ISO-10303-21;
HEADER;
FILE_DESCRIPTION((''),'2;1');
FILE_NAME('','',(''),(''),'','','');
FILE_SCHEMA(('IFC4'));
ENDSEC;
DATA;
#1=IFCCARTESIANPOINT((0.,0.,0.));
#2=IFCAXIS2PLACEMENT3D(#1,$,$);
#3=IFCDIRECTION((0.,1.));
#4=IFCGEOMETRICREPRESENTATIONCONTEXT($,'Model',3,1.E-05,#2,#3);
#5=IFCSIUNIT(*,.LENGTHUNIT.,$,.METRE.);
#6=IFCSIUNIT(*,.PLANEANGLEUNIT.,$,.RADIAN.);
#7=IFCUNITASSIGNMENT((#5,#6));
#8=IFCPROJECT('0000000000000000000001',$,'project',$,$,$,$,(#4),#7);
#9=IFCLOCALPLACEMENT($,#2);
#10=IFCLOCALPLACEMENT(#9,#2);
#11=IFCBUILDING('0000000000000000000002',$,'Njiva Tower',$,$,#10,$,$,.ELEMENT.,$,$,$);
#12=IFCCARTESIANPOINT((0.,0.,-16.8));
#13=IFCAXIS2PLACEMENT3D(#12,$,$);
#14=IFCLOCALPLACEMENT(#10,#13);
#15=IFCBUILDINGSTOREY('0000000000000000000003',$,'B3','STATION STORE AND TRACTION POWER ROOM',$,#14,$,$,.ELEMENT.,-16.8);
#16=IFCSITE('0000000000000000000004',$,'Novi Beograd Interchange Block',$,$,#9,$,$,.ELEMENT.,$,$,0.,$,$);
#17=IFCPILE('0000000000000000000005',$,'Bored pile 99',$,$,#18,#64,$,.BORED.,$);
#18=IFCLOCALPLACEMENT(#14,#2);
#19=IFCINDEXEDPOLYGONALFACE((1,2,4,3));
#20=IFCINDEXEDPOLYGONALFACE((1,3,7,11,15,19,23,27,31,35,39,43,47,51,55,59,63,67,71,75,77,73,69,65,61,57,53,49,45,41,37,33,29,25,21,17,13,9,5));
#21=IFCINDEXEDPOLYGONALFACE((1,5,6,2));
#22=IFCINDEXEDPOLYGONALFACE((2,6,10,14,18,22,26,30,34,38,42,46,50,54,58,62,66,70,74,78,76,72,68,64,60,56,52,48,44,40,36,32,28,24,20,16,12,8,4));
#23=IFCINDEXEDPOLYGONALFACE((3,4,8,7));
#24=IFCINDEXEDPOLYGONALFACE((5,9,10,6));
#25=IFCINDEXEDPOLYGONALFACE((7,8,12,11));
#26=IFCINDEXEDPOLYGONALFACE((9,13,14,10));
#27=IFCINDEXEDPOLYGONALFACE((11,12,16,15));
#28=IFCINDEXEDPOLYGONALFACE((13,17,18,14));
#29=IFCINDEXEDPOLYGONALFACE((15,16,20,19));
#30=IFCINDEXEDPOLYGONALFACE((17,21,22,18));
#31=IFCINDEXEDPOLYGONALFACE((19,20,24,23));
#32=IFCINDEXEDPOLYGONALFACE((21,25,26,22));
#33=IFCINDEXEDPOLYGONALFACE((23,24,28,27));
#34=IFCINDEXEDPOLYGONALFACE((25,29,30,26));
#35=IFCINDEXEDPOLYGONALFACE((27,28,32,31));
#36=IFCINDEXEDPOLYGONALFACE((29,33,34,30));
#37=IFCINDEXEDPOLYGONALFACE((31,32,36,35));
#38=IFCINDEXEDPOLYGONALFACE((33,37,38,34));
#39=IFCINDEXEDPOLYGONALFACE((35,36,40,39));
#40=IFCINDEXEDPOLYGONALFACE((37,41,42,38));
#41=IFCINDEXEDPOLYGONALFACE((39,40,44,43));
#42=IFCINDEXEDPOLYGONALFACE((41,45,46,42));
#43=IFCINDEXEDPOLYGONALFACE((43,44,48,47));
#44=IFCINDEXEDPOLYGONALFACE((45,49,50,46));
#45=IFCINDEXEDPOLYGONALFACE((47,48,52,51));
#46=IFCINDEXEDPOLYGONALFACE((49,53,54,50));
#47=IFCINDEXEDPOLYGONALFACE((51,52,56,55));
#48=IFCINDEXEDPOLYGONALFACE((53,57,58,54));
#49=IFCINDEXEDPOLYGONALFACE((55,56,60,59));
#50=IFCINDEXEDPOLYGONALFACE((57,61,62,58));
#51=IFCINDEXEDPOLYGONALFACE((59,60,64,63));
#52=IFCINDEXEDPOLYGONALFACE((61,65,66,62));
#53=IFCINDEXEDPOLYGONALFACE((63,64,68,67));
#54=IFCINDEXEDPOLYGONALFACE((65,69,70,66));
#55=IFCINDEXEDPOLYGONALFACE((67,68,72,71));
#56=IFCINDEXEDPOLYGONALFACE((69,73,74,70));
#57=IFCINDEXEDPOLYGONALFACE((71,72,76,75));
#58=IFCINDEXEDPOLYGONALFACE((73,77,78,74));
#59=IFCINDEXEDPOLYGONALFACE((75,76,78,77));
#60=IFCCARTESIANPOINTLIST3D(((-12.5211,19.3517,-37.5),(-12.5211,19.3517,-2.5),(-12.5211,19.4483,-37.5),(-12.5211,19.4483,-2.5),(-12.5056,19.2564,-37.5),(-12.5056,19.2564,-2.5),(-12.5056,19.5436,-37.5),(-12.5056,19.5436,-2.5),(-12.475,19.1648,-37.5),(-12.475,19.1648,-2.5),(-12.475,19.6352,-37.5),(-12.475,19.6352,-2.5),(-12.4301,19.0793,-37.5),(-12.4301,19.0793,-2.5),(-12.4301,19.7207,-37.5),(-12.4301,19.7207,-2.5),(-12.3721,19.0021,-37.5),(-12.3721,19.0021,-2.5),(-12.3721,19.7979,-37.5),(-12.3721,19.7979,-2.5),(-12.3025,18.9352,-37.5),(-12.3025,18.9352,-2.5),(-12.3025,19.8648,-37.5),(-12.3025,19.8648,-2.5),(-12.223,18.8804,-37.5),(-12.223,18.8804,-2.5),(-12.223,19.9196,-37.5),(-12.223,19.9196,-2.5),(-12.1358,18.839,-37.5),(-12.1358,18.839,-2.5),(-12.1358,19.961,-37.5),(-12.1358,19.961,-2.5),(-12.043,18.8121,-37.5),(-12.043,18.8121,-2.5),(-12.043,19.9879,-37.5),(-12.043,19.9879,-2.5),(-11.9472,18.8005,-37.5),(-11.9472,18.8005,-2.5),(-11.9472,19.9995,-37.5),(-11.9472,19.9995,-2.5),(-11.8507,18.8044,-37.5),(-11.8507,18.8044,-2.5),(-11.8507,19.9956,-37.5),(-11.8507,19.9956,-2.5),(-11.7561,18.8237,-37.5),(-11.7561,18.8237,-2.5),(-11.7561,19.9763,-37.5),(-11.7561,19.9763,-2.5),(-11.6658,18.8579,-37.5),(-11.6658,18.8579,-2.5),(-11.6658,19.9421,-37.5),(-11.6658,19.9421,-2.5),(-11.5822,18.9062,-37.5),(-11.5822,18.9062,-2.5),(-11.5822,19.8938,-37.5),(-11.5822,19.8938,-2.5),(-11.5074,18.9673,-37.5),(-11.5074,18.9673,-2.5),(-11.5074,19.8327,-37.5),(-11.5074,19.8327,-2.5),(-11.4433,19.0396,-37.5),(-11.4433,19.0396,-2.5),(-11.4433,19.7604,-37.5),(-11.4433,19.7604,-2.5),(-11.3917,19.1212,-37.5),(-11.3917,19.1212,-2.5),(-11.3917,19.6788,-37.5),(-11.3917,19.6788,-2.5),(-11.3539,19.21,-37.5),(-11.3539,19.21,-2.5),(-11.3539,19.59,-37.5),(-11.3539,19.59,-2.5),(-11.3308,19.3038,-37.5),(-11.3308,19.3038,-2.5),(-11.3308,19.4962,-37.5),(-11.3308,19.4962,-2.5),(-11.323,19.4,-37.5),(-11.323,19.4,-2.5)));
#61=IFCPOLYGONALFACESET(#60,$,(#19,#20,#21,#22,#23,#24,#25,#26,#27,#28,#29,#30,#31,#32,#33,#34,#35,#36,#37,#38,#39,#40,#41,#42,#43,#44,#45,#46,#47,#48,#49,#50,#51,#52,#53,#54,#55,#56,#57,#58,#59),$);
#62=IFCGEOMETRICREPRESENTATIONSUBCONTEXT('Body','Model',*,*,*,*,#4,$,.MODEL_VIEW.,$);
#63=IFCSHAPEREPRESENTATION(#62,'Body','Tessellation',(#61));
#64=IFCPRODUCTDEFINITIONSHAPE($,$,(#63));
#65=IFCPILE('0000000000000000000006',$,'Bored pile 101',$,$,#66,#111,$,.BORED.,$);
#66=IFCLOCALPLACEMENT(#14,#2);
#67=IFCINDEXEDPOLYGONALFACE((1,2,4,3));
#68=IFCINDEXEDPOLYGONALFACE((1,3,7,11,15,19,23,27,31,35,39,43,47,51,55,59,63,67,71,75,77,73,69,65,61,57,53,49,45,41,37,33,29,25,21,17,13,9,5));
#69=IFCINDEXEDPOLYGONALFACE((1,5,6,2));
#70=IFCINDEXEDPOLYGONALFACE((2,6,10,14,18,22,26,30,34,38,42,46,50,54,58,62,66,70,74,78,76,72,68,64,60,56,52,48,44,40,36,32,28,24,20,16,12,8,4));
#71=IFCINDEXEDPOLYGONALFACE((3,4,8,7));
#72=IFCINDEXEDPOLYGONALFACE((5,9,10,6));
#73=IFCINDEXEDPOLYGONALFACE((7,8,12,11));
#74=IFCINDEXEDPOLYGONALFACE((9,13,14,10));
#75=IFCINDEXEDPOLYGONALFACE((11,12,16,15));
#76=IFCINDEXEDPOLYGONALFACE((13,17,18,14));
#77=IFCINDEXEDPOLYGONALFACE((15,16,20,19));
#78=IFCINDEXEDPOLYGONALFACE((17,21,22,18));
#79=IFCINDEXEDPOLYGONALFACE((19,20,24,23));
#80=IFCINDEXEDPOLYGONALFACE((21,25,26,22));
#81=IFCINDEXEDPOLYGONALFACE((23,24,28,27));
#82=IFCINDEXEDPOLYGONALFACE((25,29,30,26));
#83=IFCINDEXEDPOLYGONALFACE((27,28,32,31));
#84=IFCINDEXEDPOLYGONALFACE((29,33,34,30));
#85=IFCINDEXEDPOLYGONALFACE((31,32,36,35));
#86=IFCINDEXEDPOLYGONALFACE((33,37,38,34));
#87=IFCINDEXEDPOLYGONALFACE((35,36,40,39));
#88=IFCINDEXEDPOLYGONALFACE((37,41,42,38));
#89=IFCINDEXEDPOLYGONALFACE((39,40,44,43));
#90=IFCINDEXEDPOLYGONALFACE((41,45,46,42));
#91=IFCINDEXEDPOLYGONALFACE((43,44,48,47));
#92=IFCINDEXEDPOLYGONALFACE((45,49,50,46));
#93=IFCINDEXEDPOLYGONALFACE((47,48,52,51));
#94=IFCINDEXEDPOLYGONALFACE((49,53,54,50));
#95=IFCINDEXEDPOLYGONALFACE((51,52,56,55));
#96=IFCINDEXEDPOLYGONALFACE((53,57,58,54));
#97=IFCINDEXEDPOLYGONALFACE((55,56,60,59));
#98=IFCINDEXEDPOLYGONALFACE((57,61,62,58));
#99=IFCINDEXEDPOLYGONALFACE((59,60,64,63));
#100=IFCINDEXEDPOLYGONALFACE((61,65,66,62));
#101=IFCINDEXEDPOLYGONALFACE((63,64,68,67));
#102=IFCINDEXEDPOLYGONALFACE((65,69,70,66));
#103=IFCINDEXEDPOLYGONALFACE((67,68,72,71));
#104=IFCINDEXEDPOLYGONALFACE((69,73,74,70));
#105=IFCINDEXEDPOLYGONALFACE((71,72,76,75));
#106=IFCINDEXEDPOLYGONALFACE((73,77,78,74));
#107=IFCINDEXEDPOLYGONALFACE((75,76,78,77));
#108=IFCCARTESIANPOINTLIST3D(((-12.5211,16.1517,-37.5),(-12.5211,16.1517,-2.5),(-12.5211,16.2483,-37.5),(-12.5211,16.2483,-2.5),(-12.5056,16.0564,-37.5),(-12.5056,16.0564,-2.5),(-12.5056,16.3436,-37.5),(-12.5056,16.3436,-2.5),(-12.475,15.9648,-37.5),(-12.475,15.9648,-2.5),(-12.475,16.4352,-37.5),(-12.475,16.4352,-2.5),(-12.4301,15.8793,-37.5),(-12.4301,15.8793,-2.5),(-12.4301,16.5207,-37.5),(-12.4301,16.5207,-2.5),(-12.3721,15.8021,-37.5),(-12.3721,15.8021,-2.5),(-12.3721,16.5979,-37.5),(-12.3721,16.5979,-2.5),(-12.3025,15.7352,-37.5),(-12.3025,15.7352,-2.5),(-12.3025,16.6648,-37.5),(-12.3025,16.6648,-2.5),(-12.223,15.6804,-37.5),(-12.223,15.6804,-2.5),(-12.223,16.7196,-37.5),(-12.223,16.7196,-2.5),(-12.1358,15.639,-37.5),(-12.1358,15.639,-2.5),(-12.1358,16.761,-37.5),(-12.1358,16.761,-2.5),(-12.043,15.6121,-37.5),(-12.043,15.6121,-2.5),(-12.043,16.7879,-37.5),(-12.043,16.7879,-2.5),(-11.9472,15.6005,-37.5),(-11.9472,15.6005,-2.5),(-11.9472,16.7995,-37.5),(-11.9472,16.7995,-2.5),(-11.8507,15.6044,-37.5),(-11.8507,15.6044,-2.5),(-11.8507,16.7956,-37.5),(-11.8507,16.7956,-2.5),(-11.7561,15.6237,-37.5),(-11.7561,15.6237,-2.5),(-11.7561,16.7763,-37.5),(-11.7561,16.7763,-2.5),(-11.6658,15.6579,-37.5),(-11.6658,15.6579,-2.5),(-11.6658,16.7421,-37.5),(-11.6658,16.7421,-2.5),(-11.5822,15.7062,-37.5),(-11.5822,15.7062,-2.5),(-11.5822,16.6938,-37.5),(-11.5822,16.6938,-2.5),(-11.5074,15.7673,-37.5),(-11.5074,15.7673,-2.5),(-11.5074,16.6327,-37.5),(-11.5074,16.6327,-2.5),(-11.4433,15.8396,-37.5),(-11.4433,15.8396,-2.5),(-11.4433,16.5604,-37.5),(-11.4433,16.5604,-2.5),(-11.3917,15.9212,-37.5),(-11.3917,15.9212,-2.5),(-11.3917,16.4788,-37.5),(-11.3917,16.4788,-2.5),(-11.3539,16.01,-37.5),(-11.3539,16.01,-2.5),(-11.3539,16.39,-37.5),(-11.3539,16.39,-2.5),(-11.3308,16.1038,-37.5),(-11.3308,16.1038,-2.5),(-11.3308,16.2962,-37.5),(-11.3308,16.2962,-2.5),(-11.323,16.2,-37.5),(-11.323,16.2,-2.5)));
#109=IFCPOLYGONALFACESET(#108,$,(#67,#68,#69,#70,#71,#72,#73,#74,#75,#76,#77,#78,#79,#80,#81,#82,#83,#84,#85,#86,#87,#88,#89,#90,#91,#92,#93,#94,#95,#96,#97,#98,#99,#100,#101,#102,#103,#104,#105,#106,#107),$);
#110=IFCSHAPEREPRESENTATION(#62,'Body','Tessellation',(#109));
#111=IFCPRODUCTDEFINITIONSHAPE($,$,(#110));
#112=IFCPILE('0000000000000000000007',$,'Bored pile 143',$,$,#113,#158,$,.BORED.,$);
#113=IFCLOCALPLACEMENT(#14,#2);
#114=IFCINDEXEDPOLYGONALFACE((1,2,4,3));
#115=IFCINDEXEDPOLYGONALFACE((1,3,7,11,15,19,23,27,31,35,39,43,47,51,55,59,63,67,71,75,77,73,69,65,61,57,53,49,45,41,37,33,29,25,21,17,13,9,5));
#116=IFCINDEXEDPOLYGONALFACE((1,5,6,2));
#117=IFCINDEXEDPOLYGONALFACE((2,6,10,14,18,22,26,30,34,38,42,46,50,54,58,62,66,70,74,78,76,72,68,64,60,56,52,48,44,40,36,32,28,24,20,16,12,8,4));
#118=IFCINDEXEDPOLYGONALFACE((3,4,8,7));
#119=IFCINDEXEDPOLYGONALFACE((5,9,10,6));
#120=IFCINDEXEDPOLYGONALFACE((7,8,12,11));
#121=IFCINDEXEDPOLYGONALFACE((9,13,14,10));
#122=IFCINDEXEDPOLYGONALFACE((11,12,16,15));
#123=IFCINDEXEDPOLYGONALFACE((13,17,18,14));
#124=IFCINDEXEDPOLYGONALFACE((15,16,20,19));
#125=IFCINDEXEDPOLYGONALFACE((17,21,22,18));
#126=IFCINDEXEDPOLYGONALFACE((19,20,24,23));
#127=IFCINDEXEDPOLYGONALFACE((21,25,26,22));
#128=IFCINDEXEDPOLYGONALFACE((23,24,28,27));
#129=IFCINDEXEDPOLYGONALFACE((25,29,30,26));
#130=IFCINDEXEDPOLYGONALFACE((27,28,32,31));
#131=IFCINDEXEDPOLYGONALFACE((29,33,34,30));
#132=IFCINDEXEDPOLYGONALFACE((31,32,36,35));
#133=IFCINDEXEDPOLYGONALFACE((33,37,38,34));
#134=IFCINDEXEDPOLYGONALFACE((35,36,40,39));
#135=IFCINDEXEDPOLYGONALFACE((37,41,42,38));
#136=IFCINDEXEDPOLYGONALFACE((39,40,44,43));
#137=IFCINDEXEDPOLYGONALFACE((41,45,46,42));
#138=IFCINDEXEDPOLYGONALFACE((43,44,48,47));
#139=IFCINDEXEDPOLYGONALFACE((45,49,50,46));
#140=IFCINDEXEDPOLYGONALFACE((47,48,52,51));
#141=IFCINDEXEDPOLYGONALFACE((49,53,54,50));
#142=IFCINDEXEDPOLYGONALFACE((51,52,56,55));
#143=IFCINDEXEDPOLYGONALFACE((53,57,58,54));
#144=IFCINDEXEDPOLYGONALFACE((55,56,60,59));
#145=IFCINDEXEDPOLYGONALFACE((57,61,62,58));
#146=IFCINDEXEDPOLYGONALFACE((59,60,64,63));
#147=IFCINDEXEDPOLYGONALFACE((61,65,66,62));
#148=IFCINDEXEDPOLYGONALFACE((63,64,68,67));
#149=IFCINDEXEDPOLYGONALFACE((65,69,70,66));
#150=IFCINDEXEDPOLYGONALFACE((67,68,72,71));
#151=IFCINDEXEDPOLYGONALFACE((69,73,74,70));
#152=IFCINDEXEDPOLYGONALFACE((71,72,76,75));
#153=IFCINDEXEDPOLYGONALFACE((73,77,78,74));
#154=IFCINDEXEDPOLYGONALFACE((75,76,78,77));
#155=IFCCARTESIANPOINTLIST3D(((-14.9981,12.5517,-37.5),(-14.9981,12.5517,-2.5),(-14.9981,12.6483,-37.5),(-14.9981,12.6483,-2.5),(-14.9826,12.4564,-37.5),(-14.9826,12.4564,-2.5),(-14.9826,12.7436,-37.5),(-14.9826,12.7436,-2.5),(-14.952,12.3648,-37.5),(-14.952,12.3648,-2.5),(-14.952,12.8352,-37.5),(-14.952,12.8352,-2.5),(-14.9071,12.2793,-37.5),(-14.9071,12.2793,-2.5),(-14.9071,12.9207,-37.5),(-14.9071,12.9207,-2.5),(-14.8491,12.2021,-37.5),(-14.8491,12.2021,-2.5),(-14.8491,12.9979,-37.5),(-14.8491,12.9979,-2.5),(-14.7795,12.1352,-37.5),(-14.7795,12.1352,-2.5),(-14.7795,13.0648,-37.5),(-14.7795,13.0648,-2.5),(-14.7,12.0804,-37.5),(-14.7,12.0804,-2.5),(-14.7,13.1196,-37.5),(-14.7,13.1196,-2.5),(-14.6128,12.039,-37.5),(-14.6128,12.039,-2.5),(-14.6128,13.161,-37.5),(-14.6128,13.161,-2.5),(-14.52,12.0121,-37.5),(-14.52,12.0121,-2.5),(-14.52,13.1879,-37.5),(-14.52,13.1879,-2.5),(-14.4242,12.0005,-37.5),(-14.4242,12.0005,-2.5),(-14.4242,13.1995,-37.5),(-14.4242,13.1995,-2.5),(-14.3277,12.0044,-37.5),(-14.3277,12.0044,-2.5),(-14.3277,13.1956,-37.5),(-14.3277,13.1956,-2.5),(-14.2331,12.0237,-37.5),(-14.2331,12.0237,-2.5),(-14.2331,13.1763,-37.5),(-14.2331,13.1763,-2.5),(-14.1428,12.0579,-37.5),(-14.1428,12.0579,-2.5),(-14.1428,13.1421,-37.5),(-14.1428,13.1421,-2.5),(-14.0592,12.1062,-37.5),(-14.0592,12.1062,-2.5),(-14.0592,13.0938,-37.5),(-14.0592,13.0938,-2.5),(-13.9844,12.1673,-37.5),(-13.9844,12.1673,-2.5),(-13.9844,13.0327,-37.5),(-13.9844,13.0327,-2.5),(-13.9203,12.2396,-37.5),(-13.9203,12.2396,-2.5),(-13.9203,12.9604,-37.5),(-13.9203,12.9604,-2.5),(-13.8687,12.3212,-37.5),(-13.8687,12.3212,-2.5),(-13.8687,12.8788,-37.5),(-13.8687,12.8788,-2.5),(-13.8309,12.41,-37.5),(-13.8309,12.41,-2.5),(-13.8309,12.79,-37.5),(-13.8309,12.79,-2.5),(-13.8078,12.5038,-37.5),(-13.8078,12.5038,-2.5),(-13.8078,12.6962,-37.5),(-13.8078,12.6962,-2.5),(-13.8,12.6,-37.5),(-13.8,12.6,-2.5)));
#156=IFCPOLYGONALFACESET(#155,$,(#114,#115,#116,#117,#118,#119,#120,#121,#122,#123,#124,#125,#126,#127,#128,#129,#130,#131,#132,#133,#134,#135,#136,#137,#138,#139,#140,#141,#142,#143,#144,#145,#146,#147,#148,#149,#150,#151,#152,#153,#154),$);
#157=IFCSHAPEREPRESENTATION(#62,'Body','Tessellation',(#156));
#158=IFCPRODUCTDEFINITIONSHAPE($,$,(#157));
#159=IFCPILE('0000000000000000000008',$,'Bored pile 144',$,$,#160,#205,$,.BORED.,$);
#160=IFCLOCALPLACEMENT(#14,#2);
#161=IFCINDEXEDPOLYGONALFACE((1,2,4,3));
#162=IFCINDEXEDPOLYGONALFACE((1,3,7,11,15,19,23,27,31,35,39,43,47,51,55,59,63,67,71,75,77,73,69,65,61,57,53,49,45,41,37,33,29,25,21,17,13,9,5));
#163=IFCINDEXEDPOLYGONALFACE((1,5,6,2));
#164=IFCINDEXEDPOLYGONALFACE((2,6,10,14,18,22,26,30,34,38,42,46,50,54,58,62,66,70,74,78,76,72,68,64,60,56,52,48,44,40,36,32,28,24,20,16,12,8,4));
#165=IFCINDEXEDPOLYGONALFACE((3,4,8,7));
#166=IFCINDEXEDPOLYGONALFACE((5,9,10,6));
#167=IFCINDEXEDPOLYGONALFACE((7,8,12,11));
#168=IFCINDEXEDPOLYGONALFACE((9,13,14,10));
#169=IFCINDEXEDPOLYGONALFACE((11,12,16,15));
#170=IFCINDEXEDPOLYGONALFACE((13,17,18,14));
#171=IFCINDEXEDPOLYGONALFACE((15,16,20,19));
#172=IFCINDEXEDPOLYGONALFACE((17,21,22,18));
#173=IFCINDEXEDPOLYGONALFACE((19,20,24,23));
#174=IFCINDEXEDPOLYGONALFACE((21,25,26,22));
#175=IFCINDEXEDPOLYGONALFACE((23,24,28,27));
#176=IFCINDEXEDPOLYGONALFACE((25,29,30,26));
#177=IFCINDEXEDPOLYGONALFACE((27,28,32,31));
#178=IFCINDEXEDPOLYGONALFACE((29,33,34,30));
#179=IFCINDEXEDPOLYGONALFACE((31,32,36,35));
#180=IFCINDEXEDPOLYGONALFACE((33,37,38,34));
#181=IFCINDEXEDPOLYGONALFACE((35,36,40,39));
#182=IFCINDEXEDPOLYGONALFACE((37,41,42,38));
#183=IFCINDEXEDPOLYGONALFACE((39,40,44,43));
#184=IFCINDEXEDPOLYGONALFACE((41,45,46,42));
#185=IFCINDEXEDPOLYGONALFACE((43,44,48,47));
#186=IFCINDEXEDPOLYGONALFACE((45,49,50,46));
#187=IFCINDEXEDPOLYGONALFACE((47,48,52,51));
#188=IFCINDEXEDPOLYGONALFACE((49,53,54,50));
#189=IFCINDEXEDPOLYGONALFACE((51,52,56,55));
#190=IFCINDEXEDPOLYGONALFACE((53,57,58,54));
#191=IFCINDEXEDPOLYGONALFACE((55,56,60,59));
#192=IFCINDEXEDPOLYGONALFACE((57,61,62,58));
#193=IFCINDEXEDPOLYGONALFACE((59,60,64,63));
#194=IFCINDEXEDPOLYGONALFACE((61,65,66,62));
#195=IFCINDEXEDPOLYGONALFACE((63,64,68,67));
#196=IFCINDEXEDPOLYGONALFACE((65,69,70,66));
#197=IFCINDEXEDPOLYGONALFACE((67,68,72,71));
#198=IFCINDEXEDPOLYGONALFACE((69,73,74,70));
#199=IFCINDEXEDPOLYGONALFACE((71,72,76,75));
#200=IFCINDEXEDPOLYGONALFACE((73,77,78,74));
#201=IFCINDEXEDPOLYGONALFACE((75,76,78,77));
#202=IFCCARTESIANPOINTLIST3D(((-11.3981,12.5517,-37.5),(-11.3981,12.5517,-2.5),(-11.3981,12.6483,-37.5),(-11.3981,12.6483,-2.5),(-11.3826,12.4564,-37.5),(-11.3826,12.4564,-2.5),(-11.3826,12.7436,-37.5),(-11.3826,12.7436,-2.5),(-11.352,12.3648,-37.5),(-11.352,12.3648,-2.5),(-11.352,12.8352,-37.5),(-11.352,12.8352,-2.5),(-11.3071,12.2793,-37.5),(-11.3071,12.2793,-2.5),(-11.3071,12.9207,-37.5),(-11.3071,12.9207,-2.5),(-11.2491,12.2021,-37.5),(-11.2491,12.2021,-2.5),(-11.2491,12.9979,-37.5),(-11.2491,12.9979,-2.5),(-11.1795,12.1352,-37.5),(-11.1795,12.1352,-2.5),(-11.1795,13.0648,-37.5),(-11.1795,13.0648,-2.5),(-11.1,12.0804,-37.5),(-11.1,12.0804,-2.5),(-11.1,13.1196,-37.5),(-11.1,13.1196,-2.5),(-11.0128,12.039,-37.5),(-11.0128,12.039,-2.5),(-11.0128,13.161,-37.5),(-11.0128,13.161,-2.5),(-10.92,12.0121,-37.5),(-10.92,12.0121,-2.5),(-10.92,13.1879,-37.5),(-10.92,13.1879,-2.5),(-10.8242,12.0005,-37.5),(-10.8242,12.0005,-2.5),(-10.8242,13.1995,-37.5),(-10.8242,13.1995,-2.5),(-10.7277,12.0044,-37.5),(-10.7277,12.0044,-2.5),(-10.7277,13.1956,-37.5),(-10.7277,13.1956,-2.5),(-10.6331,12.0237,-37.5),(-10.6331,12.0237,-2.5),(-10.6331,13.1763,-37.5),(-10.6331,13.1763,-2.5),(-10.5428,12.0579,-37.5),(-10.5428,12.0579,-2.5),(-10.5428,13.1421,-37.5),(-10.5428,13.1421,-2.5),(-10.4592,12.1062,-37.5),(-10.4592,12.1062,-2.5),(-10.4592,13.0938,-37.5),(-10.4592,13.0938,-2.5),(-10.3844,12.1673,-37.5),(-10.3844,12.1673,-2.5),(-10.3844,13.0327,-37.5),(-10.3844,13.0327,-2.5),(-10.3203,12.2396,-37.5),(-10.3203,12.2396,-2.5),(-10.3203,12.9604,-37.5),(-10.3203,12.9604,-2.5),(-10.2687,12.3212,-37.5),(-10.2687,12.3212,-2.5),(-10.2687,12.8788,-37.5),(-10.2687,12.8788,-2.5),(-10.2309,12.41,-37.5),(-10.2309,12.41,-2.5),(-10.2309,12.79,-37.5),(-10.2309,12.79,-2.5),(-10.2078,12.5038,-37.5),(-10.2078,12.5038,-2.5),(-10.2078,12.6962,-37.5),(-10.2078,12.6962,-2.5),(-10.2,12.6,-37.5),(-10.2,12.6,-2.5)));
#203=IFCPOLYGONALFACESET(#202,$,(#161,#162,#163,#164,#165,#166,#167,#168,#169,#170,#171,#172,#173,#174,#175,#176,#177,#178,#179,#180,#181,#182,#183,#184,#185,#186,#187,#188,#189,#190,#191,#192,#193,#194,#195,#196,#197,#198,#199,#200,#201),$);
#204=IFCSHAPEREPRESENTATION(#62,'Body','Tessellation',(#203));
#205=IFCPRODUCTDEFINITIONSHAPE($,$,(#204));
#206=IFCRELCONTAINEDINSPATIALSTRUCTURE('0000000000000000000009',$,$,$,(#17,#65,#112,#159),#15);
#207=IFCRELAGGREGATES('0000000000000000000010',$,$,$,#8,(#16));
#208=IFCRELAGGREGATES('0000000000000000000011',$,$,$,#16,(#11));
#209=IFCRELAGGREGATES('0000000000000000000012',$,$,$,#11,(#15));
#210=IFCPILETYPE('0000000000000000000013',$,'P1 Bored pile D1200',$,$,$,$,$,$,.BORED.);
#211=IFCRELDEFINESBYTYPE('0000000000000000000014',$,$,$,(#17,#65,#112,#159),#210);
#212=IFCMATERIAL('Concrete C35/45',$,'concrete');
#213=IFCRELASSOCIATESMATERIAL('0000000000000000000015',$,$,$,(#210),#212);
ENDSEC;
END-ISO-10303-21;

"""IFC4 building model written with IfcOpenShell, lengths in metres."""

from ifc_helpers import new_model, si_unit, direction, frame, origin, origin_2d, place, context, subcontext, project, spatial, circle, extrude, material, material_profile, profile_set, type_object, element, save


model = new_model("IFC4")

# Units and contexts
model_context = context("Model", 3, precision=1e-05, world=origin(), true_north=direction((0.0, 1.0)))
body_context = subcontext(model_context, "Body", "Model", "MODEL_VIEW")
ifc_project = project(units=[si_unit("LENGTHUNIT", "METRE"), si_unit("PLANEANGLEUNIT", "RADIAN")], contexts=[model_context])

# Site, building, storey
site_placement = place(None, origin())
site = spatial("IfcSite", under=ifc_project, at=site_placement, Name="Novi Beograd Interchange Block", CompositionType="ELEMENT", RefElevation=0.0)
building_placement = place(site_placement, origin())
building = spatial("IfcBuilding", under=site, at=building_placement, Name="Njiva Tower", CompositionType="ELEMENT")
storey_placement = place(building_placement, frame((0.0, 0.0, -16.8)))
storey = spatial("IfcBuildingStorey", under=building, at=storey_placement, Name="B3", Description="STATION STORE AND TRACTION POWER ROOM", CompositionType="ELEMENT", Elevation=-16.8)

# Piles
ifc_material_1 = material(Name="Concrete C35/45", Category="concrete")
ifc_material_profile_1 = material_profile(ifc_material_1, circle(Radius=0.6, at=origin_2d()), Name="D1200")
ifc_profile_set_1 = profile_set([ifc_material_profile_1], Name="Concrete C35/45")
pile_type = type_object("IfcPileType", Name="P1 Bored pile D1200", PredefinedType="BORED", material=ifc_profile_set_1)
for number, where, z_axis, x_axis, name in (
    (1, (-11.923, 19.4, -2.5), (0.0, 0.0, -1.0), (1.0, 0.0, 0.0), "Bored pile 99"),
    (2, (-11.923, 16.2, -2.5), (0.0, 0.0, -1.0), (1.0, 0.0, 0.0), "Bored pile 101"),
    (3, (-14.4, 12.6, -2.5), (0.0, 0.0, -1.0), (1.0, 0.0, 0.0), "Bored pile 143"),
    (4, (-10.8, 12.6, -2.5), (0.0, 0.0, -1.0), (1.0, 0.0, 0.0), "Bored pile 144"),
):
    element("IfcPile", number, at=place(storey_placement, frame(where, z_axis=z_axis, x_axis=x_axis)), inside=storey, type_object=pile_type, Name=name, PredefinedType="BORED", context=body_context, shape_type="SweptSolid", body=[
        extrude(circle(Radius=0.6, at=origin_2d()), origin(), (0.0, 0.0, 1.0), 35.0),
    ])

save(model, "model.ifc")
